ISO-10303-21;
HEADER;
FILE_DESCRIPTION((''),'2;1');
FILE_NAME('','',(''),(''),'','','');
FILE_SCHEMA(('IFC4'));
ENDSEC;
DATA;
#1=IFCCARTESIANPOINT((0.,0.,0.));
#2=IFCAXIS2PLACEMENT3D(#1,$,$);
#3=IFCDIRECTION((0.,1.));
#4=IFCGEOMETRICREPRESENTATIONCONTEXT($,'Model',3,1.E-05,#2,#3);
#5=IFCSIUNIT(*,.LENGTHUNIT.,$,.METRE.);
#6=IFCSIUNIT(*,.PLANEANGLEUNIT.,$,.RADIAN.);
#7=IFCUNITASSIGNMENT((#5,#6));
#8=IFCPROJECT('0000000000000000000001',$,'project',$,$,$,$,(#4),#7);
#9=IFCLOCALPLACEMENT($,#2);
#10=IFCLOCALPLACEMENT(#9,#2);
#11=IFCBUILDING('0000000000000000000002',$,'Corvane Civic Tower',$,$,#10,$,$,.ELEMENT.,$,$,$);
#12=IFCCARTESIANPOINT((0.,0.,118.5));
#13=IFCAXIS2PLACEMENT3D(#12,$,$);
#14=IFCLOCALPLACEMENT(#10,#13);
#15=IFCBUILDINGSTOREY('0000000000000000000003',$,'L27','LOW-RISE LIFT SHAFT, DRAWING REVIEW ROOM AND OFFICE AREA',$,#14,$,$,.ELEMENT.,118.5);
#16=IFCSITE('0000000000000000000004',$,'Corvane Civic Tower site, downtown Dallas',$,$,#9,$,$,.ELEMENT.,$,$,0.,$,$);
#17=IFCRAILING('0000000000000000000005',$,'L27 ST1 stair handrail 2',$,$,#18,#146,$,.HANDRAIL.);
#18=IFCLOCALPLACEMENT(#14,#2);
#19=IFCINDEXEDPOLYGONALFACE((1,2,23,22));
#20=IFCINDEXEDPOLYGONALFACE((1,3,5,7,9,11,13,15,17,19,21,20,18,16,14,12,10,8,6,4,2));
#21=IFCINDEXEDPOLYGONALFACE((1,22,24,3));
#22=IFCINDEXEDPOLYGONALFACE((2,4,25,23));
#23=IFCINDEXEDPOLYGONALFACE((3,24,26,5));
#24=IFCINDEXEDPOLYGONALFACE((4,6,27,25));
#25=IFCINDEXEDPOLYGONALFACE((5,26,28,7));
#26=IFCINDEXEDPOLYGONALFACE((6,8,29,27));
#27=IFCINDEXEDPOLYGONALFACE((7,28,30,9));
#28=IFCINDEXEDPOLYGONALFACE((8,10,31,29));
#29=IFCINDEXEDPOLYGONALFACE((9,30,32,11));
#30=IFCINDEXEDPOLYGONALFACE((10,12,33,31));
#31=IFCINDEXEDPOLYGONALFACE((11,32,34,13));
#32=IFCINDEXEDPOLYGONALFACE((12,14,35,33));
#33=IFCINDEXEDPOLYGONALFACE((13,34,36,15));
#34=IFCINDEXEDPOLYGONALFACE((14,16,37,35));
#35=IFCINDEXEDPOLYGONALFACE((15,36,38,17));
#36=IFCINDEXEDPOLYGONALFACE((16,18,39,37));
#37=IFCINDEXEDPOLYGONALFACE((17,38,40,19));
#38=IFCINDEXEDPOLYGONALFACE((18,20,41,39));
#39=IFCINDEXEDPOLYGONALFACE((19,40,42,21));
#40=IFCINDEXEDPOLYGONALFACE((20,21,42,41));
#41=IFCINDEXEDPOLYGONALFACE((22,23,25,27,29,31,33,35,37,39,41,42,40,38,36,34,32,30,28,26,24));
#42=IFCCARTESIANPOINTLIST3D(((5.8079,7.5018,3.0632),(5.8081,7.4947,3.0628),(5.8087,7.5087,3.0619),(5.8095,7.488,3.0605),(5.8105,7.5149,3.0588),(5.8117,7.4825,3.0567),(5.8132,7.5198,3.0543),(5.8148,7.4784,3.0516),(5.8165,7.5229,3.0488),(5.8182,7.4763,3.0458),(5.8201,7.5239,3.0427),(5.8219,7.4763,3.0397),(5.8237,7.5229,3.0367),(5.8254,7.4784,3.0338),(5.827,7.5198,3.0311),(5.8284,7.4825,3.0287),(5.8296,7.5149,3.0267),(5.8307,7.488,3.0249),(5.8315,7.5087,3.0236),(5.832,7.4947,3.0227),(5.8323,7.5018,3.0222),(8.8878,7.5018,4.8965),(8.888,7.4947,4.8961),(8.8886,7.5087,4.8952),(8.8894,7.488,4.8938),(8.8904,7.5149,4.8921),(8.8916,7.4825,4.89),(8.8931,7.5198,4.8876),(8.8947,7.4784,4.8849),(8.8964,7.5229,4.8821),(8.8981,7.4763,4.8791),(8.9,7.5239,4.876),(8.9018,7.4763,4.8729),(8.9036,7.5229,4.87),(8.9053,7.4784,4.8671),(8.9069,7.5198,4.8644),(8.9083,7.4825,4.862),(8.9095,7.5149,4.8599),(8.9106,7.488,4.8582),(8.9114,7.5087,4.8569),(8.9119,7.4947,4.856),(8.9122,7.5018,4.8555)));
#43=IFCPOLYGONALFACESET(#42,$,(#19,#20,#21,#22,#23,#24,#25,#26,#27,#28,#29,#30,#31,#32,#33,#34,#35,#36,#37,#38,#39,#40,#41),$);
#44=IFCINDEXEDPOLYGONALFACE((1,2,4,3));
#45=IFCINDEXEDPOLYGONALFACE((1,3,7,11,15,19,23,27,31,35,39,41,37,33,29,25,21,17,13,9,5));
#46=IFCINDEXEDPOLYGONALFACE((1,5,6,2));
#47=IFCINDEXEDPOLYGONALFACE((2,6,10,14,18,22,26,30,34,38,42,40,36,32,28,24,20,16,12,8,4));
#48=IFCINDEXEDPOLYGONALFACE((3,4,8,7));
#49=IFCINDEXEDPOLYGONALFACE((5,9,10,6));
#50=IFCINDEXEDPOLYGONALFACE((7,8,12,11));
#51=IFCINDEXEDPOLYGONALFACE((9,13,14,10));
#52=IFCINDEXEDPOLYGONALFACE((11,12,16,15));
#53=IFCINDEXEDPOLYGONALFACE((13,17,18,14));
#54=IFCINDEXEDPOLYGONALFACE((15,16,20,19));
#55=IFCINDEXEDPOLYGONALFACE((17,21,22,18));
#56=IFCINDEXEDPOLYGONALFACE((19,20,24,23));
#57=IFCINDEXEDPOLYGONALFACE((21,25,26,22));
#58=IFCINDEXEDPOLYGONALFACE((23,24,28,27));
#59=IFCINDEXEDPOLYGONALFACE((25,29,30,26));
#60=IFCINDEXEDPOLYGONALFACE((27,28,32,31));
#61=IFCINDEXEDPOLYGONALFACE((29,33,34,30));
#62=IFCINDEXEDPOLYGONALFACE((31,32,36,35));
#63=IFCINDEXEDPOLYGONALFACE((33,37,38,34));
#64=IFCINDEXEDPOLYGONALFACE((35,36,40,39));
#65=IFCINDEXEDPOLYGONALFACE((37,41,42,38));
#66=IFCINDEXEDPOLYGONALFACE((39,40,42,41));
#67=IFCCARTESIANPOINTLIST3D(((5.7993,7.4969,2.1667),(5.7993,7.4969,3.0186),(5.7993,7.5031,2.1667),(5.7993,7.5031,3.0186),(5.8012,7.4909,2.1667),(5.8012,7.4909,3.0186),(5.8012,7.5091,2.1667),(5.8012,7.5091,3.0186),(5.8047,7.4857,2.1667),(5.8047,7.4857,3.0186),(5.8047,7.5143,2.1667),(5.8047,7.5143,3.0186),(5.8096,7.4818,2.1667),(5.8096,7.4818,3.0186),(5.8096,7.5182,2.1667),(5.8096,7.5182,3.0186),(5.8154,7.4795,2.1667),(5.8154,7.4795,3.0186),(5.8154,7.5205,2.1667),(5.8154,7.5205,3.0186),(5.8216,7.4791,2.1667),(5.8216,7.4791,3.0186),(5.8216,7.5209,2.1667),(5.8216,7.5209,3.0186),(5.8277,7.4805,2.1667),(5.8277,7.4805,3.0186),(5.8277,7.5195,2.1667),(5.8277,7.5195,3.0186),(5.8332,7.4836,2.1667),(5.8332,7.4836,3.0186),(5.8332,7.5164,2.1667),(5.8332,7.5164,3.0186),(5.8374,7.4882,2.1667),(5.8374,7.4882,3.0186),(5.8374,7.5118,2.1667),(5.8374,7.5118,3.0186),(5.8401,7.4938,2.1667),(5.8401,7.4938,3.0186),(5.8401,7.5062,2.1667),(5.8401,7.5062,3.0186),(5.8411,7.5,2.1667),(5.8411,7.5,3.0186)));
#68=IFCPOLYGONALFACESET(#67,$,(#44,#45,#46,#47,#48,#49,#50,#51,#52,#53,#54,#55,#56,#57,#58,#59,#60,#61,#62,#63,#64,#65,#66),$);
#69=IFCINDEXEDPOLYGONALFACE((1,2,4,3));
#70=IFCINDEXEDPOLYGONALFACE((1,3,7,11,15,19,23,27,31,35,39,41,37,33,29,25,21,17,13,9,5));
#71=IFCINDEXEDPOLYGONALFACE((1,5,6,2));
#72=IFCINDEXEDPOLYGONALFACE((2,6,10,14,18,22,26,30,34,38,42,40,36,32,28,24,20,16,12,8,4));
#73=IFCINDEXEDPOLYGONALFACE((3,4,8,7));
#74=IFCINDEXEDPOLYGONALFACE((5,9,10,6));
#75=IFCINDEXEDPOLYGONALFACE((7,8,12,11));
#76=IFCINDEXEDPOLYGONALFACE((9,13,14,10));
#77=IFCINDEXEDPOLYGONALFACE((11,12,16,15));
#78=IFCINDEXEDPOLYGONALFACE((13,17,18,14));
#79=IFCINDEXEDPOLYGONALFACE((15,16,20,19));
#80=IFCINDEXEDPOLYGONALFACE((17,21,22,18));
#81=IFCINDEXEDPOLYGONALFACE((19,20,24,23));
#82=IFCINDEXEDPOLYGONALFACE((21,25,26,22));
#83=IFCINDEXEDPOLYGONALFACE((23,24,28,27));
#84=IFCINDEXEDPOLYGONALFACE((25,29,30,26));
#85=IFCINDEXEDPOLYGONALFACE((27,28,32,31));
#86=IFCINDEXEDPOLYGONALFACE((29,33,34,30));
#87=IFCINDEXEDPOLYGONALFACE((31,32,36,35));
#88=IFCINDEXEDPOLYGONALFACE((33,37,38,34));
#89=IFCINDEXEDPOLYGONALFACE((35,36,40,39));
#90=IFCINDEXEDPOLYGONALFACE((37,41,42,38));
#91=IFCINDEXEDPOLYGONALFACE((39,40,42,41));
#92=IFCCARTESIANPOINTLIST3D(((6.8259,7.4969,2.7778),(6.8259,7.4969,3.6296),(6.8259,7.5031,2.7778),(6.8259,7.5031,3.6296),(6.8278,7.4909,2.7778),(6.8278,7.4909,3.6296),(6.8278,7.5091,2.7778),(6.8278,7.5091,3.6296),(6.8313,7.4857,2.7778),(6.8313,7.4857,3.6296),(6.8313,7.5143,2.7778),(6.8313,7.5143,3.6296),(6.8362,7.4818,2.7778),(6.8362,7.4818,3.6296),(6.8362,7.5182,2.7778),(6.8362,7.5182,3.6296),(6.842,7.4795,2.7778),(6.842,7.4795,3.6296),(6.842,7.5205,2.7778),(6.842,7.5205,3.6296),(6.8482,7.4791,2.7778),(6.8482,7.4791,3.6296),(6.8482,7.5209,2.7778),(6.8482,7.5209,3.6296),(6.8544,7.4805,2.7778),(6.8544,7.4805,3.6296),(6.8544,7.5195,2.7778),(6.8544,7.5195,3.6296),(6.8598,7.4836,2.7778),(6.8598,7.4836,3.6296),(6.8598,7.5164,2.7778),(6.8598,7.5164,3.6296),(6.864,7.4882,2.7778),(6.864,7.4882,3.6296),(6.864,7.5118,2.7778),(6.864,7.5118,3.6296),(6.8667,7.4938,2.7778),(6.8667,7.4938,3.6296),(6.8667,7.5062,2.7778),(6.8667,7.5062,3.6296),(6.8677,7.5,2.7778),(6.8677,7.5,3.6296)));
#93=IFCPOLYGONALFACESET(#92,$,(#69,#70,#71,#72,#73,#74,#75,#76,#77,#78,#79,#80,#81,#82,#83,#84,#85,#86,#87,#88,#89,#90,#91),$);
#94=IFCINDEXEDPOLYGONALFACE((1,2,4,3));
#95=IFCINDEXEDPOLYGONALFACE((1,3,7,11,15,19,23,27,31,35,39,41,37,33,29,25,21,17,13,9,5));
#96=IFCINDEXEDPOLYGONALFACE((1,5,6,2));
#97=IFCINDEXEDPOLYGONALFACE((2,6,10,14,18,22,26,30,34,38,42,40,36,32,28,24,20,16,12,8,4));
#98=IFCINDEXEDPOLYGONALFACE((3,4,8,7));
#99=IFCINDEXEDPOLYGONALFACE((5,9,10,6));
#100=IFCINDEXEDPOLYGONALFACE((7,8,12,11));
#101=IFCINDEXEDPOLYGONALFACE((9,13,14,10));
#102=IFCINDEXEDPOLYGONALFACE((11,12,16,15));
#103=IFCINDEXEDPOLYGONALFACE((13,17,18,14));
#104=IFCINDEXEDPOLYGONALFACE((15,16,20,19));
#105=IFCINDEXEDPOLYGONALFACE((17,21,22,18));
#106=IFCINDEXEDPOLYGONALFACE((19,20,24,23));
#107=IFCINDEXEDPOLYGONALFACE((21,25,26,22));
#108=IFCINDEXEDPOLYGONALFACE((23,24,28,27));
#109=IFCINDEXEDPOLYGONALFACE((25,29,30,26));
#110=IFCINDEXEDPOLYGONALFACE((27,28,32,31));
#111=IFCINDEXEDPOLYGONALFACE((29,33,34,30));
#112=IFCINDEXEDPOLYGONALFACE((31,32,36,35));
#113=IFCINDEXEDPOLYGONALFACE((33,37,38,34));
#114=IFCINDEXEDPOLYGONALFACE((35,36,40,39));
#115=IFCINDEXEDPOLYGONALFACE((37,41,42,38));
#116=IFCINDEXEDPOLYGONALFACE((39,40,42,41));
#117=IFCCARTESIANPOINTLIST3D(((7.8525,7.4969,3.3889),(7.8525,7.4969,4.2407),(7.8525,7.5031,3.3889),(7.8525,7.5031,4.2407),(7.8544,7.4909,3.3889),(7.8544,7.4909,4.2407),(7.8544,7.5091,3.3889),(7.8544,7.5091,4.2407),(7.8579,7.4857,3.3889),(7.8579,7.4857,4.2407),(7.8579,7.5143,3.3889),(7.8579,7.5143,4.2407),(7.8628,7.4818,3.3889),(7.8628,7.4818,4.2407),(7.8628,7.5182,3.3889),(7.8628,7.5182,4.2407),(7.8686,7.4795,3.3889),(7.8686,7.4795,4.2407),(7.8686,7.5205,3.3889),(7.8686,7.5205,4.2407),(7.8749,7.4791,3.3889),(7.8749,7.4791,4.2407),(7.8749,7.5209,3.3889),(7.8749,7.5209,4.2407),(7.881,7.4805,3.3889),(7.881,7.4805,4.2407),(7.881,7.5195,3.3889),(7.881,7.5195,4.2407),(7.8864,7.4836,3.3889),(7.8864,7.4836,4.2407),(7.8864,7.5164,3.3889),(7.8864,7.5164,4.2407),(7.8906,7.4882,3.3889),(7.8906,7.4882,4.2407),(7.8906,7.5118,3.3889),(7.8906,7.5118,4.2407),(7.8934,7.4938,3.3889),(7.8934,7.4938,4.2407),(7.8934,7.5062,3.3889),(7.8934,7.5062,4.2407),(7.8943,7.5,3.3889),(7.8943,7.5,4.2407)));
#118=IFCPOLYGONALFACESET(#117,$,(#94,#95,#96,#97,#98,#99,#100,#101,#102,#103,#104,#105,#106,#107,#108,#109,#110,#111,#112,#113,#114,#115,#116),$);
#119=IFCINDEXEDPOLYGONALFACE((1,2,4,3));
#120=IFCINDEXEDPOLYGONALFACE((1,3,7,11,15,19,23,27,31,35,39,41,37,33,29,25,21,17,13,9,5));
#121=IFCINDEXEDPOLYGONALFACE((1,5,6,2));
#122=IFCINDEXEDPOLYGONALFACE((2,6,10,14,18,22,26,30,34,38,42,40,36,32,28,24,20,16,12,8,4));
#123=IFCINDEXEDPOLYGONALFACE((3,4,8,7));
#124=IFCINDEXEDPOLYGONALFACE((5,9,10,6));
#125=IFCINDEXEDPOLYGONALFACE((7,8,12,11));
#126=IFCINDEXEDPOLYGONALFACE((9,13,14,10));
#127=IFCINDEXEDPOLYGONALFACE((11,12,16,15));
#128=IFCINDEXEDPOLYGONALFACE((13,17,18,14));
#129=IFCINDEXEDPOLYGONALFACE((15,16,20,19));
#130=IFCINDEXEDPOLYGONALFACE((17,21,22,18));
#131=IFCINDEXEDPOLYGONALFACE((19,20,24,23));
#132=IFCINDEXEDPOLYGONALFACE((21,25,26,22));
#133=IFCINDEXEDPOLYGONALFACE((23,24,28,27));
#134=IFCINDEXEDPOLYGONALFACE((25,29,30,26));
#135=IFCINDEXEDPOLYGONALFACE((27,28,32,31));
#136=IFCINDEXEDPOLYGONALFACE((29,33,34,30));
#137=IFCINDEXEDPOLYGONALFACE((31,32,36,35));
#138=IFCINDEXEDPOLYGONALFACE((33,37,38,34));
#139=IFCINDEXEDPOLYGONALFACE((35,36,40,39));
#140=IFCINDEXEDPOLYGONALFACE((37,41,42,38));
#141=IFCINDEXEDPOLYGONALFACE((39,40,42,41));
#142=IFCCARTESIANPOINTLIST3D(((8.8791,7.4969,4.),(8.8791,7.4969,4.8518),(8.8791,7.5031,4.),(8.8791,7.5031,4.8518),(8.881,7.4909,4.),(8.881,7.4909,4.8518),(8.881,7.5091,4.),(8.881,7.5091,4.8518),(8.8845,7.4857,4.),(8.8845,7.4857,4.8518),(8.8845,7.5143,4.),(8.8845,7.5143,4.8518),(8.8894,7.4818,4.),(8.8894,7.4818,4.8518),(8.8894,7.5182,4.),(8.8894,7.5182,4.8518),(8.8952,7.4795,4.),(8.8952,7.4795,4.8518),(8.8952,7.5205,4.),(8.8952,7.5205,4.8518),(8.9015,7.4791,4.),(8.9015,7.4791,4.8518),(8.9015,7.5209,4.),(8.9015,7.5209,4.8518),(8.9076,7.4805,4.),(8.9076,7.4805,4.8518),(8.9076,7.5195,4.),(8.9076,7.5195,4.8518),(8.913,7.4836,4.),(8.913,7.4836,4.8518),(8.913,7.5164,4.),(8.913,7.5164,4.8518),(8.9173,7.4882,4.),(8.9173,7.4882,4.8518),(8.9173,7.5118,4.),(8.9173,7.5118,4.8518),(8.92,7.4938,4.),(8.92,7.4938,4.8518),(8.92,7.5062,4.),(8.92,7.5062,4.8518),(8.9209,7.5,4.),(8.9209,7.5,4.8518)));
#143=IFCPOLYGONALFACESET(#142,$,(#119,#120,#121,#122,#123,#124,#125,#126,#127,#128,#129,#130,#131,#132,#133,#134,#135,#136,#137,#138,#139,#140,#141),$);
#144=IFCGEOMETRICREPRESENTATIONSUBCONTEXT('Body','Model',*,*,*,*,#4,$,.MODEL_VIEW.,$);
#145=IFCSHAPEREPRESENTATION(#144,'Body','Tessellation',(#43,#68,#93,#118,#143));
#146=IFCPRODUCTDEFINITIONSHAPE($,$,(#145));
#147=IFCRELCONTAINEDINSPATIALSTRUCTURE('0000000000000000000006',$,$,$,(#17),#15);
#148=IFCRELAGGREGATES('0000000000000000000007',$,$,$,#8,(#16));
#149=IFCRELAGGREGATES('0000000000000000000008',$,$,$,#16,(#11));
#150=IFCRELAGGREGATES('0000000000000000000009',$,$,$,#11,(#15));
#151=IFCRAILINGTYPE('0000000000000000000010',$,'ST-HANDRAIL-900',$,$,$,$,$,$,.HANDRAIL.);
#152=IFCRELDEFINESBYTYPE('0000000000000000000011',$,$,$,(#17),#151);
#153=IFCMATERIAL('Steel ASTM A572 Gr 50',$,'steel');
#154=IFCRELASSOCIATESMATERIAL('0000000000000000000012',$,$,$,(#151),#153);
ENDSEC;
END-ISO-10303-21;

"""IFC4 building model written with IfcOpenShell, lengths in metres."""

from ifc_helpers import new_model, si_unit, direction, frame, origin, origin_2d, place, context, subcontext, project, spatial, circle, extrude, material, type_object, element, save


model = new_model("IFC4")

# Units and contexts
model_context = context("Model", 3, precision=1e-05, world=origin(), true_north=direction((0.0, 1.0)))
body_context = subcontext(model_context, "Body", "Model", "MODEL_VIEW")
ifc_project = project(units=[si_unit("LENGTHUNIT", "METRE"), si_unit("PLANEANGLEUNIT", "RADIAN")], contexts=[model_context])

# Site, building, storey
site_placement = place(None, origin())
site = spatial("IfcSite", under=ifc_project, at=site_placement, Name="Corvane Civic Tower site, downtown Dallas", CompositionType="ELEMENT", RefElevation=0.0)
building_placement = place(site_placement, origin())
building = spatial("IfcBuilding", under=site, at=building_placement, Name="Corvane Civic Tower", CompositionType="ELEMENT")
storey_placement = place(building_placement, frame((0.0, 0.0, 118.5)))
storey = spatial("IfcBuildingStorey", under=building, at=storey_placement, Name="L27", Description="LOW-RISE LIFT SHAFT, DRAWING REVIEW ROOM AND OFFICE AREA", CompositionType="ELEMENT", Elevation=118.5)

# Railing
ifc_material_1 = material(Name="Steel ASTM A572 Gr 50", Category="steel")
railing_type_1 = type_object("IfcRailingType", Name="ST-HANDRAIL-900", PredefinedType="HANDRAIL", material=ifc_material_1)
railing_1_placement = place(storey_placement, frame((5.8201, 7.5, 2.1667)))
element("IfcRailing", 1, at=railing_1_placement, inside=storey, type_object=railing_type_1, Name="L27 ST1 stair handrail 2", PredefinedType="HANDRAIL", context=body_context, shape_type="SweptSolid", body=[
    extrude(circle(Radius=0.0239, at=origin_2d()), frame((0.0, 0.0, 0.876), z_axis=(0.859291, 0.0, 0.511487), x_axis=(0.0, 1.0, 0.0)), (0.0, 0.0, 1.0), 3.5842),
    extrude(circle(Radius=0.021, at=origin_2d()), origin(), (0.0, 0.0, 1.0), 0.8518),
    extrude(circle(Radius=0.021, at=origin_2d()), frame((1.0266, 0.0, 0.6111)), (0.0, 0.0, 1.0), 0.8518),
    extrude(circle(Radius=0.021, at=origin_2d()), frame((2.0532, 0.0, 1.2222)), (0.0, 0.0, 1.0), 0.8518),
    extrude(circle(Radius=0.021, at=origin_2d()), frame((3.0798, 0.0, 1.8333)), (0.0, 0.0, 1.0), 0.8518),
])

save(model, "model.ifc")
